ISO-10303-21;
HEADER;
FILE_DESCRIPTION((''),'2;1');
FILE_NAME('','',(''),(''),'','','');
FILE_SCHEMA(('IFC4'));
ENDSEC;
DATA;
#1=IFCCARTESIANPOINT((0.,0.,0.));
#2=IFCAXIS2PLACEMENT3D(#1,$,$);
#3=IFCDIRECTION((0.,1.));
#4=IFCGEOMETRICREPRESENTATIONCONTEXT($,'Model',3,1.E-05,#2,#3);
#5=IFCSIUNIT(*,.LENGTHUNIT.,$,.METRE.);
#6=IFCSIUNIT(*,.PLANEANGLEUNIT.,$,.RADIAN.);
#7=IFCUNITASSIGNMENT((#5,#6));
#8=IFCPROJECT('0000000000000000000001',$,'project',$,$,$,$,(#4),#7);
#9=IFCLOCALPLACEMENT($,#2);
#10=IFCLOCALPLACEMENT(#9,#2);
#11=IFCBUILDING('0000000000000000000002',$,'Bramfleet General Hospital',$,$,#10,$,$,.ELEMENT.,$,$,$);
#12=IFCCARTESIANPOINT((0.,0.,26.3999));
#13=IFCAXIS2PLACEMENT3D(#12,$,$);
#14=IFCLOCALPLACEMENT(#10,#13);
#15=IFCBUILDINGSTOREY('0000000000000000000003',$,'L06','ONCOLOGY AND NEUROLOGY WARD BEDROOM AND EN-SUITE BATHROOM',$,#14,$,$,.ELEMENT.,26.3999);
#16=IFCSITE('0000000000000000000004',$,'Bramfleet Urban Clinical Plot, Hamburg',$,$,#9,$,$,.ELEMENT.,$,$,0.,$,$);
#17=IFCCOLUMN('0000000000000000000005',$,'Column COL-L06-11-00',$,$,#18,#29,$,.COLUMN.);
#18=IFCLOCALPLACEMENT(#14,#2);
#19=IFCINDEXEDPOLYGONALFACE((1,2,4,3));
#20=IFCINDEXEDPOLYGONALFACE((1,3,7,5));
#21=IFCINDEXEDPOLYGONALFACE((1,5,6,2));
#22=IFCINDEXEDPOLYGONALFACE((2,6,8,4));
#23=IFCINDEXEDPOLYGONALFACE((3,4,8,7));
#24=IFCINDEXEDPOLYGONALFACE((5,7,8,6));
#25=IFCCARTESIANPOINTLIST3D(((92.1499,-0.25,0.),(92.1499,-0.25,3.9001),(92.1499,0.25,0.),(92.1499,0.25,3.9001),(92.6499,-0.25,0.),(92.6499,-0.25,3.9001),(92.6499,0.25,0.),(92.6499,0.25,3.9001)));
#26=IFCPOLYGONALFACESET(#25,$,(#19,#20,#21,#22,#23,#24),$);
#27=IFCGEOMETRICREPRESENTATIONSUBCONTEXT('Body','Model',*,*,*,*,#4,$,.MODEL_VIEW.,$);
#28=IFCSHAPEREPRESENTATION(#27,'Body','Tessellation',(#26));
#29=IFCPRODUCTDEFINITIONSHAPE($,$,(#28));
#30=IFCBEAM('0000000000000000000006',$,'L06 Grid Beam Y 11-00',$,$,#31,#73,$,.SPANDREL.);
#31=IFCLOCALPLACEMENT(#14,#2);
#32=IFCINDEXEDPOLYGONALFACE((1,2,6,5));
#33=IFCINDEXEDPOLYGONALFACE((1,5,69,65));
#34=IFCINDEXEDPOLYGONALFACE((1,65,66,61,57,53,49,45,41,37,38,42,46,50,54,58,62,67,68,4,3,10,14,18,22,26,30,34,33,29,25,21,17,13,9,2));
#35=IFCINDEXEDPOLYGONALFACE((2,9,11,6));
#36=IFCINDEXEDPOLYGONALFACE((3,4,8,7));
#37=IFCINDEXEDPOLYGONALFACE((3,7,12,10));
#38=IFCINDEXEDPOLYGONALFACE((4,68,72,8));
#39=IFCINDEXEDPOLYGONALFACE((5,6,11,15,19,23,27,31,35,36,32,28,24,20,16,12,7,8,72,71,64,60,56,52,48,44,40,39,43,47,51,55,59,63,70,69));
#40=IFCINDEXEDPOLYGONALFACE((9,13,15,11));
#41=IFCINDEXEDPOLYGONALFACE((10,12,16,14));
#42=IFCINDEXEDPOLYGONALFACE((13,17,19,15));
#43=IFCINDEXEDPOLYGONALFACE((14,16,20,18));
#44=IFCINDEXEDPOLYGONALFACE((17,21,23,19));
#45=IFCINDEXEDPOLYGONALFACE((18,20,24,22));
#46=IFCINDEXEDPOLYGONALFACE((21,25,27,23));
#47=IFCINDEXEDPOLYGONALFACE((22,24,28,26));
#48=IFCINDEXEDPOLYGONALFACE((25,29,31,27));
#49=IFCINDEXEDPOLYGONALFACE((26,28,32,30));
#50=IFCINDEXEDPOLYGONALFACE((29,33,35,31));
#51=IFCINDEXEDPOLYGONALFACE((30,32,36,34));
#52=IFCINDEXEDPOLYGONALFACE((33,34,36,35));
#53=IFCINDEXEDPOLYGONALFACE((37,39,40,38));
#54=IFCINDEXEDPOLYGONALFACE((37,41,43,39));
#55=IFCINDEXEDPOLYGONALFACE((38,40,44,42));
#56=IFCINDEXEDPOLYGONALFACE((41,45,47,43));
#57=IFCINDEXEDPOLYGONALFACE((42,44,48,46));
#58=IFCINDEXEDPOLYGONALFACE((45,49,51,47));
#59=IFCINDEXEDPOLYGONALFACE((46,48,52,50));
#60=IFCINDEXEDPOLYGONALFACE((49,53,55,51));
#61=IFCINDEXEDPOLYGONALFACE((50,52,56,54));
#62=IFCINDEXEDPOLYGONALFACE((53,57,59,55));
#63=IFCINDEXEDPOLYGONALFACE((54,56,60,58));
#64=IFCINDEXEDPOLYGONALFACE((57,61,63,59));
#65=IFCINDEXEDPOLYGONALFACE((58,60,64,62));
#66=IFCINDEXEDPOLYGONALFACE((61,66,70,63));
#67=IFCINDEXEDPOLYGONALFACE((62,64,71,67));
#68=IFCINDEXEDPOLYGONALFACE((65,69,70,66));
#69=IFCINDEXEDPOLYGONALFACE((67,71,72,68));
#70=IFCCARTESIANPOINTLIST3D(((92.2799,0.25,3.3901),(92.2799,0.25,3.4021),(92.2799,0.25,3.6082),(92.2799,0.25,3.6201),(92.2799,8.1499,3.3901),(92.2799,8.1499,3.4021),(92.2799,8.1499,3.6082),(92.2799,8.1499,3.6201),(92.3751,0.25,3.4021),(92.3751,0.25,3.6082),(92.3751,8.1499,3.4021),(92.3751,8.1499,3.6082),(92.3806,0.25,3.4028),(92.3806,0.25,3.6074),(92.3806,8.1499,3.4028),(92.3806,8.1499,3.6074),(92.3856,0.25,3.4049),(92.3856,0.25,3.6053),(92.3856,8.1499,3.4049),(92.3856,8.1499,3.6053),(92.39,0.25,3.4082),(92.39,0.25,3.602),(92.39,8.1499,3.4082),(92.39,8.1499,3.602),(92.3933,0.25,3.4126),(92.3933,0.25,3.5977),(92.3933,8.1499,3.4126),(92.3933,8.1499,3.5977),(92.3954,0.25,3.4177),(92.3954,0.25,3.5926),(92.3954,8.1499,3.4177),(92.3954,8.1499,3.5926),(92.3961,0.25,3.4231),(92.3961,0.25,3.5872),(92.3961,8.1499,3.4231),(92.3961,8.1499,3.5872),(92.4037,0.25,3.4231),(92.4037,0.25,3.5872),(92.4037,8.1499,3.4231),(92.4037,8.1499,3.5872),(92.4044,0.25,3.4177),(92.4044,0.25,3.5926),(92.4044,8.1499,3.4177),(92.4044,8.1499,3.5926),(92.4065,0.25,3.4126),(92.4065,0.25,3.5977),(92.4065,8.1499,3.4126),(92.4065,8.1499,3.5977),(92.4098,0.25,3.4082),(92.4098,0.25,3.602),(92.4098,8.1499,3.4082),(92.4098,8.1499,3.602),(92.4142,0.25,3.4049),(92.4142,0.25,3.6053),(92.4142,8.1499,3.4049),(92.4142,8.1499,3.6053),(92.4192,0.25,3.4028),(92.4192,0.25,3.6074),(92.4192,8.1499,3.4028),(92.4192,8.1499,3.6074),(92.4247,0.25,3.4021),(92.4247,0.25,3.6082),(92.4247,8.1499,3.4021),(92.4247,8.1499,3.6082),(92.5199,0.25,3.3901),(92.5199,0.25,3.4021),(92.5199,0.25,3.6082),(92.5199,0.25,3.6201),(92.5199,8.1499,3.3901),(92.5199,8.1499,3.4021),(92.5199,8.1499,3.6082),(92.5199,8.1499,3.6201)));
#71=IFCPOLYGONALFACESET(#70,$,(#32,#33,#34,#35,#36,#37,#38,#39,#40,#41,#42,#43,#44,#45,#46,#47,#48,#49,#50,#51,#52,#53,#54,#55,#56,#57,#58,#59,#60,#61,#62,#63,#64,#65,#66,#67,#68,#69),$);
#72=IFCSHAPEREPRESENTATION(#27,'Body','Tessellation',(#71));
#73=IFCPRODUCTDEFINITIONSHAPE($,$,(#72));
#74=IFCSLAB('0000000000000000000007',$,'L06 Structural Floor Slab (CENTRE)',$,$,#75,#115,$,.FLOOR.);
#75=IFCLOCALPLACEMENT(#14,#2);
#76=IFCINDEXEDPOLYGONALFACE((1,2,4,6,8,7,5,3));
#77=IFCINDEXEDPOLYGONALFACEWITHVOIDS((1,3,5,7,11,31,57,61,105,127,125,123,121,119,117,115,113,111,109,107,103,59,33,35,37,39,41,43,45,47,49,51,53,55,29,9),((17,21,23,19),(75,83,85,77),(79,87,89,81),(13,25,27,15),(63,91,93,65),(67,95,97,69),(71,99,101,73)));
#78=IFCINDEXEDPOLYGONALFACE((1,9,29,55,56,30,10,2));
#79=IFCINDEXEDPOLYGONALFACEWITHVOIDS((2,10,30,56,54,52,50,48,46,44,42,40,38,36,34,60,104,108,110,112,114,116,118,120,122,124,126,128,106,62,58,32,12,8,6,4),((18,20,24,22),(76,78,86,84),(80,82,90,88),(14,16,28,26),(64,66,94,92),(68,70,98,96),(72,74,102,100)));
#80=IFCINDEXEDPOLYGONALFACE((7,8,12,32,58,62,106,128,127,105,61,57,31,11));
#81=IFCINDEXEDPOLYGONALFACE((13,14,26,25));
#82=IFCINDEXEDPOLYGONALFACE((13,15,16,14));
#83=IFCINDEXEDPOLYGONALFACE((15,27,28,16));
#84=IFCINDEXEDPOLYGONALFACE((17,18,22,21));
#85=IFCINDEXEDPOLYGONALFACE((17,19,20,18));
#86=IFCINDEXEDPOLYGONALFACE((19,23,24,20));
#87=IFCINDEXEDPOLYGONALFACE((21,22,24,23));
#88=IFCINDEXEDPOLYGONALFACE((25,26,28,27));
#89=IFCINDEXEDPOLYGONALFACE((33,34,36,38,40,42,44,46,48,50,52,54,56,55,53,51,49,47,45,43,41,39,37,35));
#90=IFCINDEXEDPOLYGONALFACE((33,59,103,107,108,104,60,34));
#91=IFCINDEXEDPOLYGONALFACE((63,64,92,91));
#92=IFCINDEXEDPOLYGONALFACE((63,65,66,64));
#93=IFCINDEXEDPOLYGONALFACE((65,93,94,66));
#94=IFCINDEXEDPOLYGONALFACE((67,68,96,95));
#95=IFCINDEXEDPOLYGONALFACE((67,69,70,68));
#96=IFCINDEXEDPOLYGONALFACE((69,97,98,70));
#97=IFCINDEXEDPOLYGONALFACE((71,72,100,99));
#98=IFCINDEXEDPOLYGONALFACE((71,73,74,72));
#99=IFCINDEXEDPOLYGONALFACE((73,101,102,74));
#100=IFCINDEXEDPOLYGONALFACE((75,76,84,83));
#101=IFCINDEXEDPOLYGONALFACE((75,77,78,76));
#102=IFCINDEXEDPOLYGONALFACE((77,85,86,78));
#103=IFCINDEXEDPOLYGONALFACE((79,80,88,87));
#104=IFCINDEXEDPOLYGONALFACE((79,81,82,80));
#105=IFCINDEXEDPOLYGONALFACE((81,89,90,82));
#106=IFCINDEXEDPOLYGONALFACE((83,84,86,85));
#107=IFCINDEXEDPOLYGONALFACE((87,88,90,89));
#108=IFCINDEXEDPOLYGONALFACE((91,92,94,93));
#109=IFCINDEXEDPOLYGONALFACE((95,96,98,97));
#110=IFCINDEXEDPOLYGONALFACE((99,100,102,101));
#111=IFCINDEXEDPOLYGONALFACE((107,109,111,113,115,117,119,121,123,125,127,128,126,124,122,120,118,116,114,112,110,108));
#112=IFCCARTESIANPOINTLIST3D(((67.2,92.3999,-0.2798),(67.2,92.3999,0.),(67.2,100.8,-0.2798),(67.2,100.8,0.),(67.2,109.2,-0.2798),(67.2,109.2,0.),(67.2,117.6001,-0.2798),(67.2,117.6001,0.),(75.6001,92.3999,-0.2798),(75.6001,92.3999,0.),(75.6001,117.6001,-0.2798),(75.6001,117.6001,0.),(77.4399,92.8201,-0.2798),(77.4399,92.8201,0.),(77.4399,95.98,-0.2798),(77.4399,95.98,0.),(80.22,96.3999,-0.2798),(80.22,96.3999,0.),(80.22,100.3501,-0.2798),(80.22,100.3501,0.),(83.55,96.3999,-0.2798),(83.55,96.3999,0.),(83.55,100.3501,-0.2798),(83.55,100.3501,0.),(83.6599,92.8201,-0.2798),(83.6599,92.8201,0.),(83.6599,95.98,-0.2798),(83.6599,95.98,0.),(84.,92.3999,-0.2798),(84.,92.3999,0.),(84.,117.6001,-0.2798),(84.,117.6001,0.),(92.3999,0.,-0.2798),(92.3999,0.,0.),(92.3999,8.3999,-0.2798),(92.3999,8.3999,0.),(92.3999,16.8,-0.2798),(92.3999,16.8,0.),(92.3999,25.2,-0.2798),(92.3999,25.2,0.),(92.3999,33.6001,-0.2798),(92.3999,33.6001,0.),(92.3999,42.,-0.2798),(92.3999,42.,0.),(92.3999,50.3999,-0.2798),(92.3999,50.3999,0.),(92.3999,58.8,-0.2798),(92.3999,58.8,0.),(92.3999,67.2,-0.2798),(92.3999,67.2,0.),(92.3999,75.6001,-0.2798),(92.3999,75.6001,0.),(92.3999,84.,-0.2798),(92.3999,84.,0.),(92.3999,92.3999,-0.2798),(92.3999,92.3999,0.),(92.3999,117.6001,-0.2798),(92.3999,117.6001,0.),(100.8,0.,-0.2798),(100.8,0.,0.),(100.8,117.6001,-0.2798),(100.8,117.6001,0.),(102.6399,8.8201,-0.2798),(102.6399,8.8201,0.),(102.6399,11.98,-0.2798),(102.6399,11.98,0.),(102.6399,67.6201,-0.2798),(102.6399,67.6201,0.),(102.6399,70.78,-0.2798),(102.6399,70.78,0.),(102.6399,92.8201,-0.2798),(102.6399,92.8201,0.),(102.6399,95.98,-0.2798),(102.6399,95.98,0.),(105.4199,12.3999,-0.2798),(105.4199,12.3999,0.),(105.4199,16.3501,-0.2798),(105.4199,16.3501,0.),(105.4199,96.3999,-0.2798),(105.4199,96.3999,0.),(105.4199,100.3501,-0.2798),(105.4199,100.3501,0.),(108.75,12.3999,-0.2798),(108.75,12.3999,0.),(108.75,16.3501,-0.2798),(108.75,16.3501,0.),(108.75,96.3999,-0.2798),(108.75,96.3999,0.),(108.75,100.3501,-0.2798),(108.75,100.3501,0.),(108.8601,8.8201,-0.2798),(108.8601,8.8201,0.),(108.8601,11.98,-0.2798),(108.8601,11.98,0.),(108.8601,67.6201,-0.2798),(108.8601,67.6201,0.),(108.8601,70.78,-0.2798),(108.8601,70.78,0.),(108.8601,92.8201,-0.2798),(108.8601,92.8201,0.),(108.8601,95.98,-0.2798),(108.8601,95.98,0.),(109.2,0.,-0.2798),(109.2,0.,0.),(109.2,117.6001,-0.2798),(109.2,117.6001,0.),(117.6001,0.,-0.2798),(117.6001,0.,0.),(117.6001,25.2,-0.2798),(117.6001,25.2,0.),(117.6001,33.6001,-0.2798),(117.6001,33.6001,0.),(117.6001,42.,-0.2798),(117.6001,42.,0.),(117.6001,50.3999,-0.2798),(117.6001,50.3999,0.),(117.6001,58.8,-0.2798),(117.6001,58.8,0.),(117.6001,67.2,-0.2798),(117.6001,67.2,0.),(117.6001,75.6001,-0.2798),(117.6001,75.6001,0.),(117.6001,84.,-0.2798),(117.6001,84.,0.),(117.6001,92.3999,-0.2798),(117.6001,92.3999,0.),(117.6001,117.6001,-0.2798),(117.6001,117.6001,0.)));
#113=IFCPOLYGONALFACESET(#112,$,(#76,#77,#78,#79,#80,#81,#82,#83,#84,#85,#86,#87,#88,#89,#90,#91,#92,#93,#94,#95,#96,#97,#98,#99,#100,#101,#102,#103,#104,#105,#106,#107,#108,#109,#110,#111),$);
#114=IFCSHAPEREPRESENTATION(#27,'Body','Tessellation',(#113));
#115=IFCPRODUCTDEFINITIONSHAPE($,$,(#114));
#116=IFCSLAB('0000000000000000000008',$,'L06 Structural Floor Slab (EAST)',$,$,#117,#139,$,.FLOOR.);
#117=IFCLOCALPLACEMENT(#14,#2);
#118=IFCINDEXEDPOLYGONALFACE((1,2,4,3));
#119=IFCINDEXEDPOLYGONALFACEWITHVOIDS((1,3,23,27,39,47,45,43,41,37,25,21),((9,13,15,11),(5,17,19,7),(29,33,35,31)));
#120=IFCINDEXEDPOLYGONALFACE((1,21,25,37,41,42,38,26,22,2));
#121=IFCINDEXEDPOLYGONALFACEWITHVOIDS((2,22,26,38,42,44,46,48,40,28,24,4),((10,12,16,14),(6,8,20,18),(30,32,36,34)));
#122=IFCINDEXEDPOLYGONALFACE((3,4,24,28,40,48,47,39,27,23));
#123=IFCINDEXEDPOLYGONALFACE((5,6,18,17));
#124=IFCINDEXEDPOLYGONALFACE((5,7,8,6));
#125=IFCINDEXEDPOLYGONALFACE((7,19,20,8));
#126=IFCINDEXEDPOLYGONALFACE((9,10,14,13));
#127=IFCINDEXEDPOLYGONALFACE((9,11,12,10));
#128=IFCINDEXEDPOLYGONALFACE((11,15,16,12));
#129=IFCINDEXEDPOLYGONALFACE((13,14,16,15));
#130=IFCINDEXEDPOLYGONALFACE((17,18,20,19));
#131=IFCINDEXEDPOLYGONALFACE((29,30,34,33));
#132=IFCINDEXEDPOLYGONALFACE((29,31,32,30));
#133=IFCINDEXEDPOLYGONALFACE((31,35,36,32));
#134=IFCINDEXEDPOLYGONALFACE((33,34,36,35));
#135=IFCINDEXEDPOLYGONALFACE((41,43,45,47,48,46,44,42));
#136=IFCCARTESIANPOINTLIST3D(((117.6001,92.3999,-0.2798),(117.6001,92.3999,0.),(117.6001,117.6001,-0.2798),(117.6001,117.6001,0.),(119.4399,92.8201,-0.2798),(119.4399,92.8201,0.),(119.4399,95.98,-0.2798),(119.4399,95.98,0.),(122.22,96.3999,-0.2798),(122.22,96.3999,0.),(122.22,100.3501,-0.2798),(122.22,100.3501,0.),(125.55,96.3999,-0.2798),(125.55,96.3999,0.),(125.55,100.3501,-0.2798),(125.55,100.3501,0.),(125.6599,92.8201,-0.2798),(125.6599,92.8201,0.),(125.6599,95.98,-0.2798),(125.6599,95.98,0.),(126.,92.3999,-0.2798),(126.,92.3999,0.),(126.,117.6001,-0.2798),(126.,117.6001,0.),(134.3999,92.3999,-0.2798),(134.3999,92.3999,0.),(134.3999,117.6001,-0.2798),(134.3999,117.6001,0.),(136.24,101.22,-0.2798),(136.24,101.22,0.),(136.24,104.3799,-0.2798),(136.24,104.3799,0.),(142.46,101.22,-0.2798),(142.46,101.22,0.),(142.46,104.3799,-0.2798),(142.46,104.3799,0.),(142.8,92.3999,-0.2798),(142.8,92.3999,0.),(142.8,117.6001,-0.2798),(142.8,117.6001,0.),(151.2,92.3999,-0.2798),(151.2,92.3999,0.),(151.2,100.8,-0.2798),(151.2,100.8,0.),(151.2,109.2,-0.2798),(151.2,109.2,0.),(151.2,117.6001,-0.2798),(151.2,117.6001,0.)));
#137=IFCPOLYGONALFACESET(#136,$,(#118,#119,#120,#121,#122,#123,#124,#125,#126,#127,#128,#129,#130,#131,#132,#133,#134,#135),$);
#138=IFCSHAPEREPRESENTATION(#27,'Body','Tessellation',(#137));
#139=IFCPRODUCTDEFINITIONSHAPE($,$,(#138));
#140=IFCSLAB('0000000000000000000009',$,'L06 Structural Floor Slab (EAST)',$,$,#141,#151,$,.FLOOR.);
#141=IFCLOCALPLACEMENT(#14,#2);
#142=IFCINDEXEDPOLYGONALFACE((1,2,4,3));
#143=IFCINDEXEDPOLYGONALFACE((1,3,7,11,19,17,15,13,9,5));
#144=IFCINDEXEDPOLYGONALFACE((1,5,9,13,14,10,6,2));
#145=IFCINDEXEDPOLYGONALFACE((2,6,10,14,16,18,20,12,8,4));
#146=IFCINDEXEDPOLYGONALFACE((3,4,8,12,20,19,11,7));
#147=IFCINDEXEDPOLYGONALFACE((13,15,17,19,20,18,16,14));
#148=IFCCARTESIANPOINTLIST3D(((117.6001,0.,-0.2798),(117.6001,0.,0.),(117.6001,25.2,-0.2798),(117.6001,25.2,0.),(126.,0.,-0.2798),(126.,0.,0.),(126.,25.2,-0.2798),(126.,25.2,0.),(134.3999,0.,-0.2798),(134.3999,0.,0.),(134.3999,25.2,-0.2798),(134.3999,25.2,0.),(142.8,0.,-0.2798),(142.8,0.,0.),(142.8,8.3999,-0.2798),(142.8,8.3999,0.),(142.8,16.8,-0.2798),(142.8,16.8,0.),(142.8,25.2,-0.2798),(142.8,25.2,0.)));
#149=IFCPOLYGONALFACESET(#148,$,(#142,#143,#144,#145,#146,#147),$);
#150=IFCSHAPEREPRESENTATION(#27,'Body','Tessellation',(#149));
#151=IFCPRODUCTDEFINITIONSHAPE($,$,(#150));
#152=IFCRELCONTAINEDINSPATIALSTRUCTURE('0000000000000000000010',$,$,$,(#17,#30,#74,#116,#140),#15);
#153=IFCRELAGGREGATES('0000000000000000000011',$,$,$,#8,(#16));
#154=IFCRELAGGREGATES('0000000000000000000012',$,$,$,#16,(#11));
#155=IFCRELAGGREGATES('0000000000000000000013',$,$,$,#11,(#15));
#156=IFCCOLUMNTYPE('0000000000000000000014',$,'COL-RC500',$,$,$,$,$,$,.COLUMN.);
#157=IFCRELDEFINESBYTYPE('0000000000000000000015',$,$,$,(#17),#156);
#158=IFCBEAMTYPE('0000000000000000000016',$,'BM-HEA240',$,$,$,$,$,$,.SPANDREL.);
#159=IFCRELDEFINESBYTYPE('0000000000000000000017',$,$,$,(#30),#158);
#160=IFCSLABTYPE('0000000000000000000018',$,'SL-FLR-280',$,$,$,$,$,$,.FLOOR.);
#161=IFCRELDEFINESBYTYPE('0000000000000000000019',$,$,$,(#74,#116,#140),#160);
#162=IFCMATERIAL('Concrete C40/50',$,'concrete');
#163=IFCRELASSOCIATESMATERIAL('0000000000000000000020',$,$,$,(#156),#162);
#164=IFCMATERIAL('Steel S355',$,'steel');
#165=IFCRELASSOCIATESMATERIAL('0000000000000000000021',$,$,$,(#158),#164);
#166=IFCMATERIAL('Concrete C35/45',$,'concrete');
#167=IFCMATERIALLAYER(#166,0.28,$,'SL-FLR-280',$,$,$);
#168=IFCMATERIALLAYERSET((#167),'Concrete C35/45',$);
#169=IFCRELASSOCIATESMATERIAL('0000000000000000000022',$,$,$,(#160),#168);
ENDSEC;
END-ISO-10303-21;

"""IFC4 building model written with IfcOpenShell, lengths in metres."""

from ifc_helpers import new_model, si_unit, direction, frame, origin, origin_2d, place, context, subcontext, project, spatial, polyline, rectangle, i_section, outline, extrude, material, layer, layer_set, material_profile, profile_set, type_object, element, save


model = new_model("IFC4")

# Units and contexts
model_context = context("Model", 3, precision=1e-05, world=origin(), true_north=direction((0.0, 1.0)))
body_context = subcontext(model_context, "Body", "Model", "MODEL_VIEW")
ifc_project = project(units=[si_unit("LENGTHUNIT", "METRE"), si_unit("PLANEANGLEUNIT", "RADIAN")], contexts=[model_context])

# Site, building, storey
site_placement = place(None, origin())
site = spatial("IfcSite", under=ifc_project, at=site_placement, Name="Bramfleet Urban Clinical Plot, Hamburg", CompositionType="ELEMENT", RefElevation=0.0)
building_placement = place(site_placement, origin())
building = spatial("IfcBuilding", under=site, at=building_placement, Name="Bramfleet General Hospital", CompositionType="ELEMENT")
storey_placement = place(building_placement, frame((0.0, 0.0, 26.3999)))
storey = spatial("IfcBuildingStorey", under=building, at=storey_placement, Name="L06", Description="ONCOLOGY AND NEUROLOGY WARD BEDROOM AND EN-SUITE BATHROOM", CompositionType="ELEMENT", Elevation=26.3999)

# Column
ifc_material_1 = material(Name="Concrete C40/50", Category="concrete")
ifc_material_profile_1 = material_profile(ifc_material_1, rectangle(XDim=0.5, YDim=0.5, at=origin_2d()), Name="RC COL 500x500")
ifc_profile_set_1 = profile_set([ifc_material_profile_1], Name="Concrete C40/50")
column_type = type_object("IfcColumnType", Name="COL-RC500", PredefinedType="COLUMN", material=ifc_profile_set_1)
column_placement = place(storey_placement, frame((92.3999, 0.0, 0.0), z_axis=(0.0, 0.0, 1.0), x_axis=(1.0, 0.0, 0.0)))
element("IfcColumn", 1, at=column_placement, inside=storey, type_object=column_type, Name="Column COL-L06-11-00", PredefinedType="COLUMN", context=body_context, shape_type="SweptSolid", body=[
    extrude(rectangle(XDim=0.5, YDim=0.5, at=origin_2d()), origin(), (0.0, 0.0, 1.0), 3.9001),
])

# Beam
ifc_material_2 = material(Name="Steel S355", Category="steel")
ifc_material_profile_2 = material_profile(ifc_material_2, i_section(OverallWidth=0.24, OverallDepth=0.23, WebThickness=0.0076, FlangeThickness=0.012, FilletRadius=0.021, at=origin_2d()), Name="HEA 240")
ifc_profile_set_2 = profile_set([ifc_material_profile_2], Name="Steel S355")
beam_type = type_object("IfcBeamType", Name="BM-HEA240", PredefinedType="SPANDREL", material=ifc_profile_set_2)
beam_placement = place(storey_placement, frame((92.3999, 0.25, 3.5051), z_axis=(0.0, 1.0, 0.0), x_axis=(-1.0, 0.0, 0.0)))
element("IfcBeam", 2, at=beam_placement, inside=storey, type_object=beam_type, Name="L06 Grid Beam Y 11-00", PredefinedType="SPANDREL", context=body_context, shape_type="SweptSolid", body=[
    extrude(i_section(OverallWidth=0.24, OverallDepth=0.23, WebThickness=0.0076, FlangeThickness=0.012, FilletRadius=0.021, at=origin_2d()), origin(), (0.0, 0.0, 1.0), 7.8999),
])

# Slabs
ifc_material_3 = material(Name="Concrete C35/45", Category="concrete")
ifc_layer_1 = layer(ifc_material_3, 0.28, Name="SL-FLR-280")
ifc_layer_set_1 = layer_set([ifc_layer_1], Name="Concrete C35/45")
slab_type_1 = type_object("IfcSlabType", Name="SL-FLR-280", PredefinedType="FLOOR", material=ifc_layer_set_1)
slab_1_placement = place(storey_placement, frame((0.0, 0.0, -0.2798)))
element("IfcSlab", 3, at=slab_1_placement, inside=storey, type_object=slab_type_1, Name="L06 Structural Floor Slab (CENTRE)", PredefinedType="FLOOR", context=body_context, shape_type="SweptSolid", body=[
    extrude(outline(polyline([(92.3999, 42.0), (92.3999, 50.3999), (92.3999, 58.8), (92.3999, 67.2), (92.3999, 75.6001), (92.3999, 84.0), (92.3999, 92.3999), (84.0, 92.3999), (75.6001, 92.3999), (67.2, 92.3999), (67.2, 100.8), (67.2, 109.2), (67.2, 117.6001), (75.6001, 117.6001), (84.0, 117.6001), (92.3999, 117.6001), (100.8, 117.6001), (109.2, 117.6001), (117.6001, 117.6001), (117.6001, 92.3999), (117.6001, 84.0), (117.6001, 75.6001), (117.6001, 67.2), (117.6001, 58.8), (117.6001, 50.3999), (117.6001, 42.0), (117.6001, 33.6001), (117.6001, 25.2), (117.6001, 0.0), (109.2, 0.0), (100.8, 0.0), (92.3999, 0.0), (92.3999, 8.3999), (92.3999, 16.8), (92.3999, 25.2), (92.3999, 33.6001), (92.3999, 42.0)]), holes=[polyline([(102.6399, 8.8201), (108.8601, 8.8201), (108.8601, 11.98), (102.6399, 11.98), (102.6399, 8.8201)]), polyline([(105.4199, 12.3999), (108.75, 12.3999), (108.75, 16.3501), (105.4199, 16.3501), (105.4199, 12.3999)]), polyline([(102.6399, 92.8201), (108.8601, 92.8201), (108.8601, 95.98), (102.6399, 95.98), (102.6399, 92.8201)]), polyline([(105.4199, 96.3999), (108.75, 96.3999), (108.75, 100.3501), (105.4199, 100.3501), (105.4199, 96.3999)]), polyline([(77.4399, 92.8201), (83.6599, 92.8201), (83.6599, 95.98), (77.4399, 95.98), (77.4399, 92.8201)]), polyline([(80.22, 96.3999), (83.55, 96.3999), (83.55, 100.3501), (80.22, 100.3501), (80.22, 96.3999)]), polyline([(102.6399, 67.6201), (108.8601, 67.6201), (108.8601, 70.78), (102.6399, 70.78), (102.6399, 67.6201)])]), origin(), (0.0, 0.0, 1.0), 0.2798),
])
slab_2_placement = place(storey_placement, frame((0.0, 0.0, -0.2798)))
element("IfcSlab", 4, at=slab_2_placement, inside=storey, type_object=slab_type_1, Name="L06 Structural Floor Slab (EAST)", PredefinedType="FLOOR", context=body_context, shape_type="SweptSolid", body=[
    extrude(outline(polyline([(126.0, 117.6001), (134.3999, 117.6001), (142.8, 117.6001), (151.2, 117.6001), (151.2, 109.2), (151.2, 100.8), (151.2, 92.3999), (142.8, 92.3999), (134.3999, 92.3999), (126.0, 92.3999), (117.6001, 92.3999), (117.6001, 117.6001), (126.0, 117.6001)]), holes=[polyline([(119.4399, 92.8201), (125.6599, 92.8201), (125.6599, 95.98), (119.4399, 95.98), (119.4399, 92.8201)]), polyline([(122.22, 96.3999), (125.55, 96.3999), (125.55, 100.3501), (122.22, 100.3501), (122.22, 96.3999)]), polyline([(136.24, 101.22), (142.46, 101.22), (142.46, 104.3799), (136.24, 104.3799), (136.24, 101.22)])]), origin(), (0.0, 0.0, 1.0), 0.2798),
])
slab_3_placement = place(storey_placement, frame((0.0, 0.0, -0.2798)))
element("IfcSlab", 5, at=slab_3_placement, inside=storey, type_object=slab_type_1, Name="L06 Structural Floor Slab (EAST)", PredefinedType="FLOOR", context=body_context, shape_type="SweptSolid", body=[
    extrude(outline(polyline([(126.0, 25.2), (134.3999, 25.2), (142.8, 25.2), (142.8, 16.8), (142.8, 8.3999), (142.8, 0.0), (134.3999, 0.0), (126.0, 0.0), (117.6001, 0.0), (117.6001, 25.2), (126.0, 25.2)])), origin(), (0.0, 0.0, 1.0), 0.2798),
])

save(model, "model.ifc")
